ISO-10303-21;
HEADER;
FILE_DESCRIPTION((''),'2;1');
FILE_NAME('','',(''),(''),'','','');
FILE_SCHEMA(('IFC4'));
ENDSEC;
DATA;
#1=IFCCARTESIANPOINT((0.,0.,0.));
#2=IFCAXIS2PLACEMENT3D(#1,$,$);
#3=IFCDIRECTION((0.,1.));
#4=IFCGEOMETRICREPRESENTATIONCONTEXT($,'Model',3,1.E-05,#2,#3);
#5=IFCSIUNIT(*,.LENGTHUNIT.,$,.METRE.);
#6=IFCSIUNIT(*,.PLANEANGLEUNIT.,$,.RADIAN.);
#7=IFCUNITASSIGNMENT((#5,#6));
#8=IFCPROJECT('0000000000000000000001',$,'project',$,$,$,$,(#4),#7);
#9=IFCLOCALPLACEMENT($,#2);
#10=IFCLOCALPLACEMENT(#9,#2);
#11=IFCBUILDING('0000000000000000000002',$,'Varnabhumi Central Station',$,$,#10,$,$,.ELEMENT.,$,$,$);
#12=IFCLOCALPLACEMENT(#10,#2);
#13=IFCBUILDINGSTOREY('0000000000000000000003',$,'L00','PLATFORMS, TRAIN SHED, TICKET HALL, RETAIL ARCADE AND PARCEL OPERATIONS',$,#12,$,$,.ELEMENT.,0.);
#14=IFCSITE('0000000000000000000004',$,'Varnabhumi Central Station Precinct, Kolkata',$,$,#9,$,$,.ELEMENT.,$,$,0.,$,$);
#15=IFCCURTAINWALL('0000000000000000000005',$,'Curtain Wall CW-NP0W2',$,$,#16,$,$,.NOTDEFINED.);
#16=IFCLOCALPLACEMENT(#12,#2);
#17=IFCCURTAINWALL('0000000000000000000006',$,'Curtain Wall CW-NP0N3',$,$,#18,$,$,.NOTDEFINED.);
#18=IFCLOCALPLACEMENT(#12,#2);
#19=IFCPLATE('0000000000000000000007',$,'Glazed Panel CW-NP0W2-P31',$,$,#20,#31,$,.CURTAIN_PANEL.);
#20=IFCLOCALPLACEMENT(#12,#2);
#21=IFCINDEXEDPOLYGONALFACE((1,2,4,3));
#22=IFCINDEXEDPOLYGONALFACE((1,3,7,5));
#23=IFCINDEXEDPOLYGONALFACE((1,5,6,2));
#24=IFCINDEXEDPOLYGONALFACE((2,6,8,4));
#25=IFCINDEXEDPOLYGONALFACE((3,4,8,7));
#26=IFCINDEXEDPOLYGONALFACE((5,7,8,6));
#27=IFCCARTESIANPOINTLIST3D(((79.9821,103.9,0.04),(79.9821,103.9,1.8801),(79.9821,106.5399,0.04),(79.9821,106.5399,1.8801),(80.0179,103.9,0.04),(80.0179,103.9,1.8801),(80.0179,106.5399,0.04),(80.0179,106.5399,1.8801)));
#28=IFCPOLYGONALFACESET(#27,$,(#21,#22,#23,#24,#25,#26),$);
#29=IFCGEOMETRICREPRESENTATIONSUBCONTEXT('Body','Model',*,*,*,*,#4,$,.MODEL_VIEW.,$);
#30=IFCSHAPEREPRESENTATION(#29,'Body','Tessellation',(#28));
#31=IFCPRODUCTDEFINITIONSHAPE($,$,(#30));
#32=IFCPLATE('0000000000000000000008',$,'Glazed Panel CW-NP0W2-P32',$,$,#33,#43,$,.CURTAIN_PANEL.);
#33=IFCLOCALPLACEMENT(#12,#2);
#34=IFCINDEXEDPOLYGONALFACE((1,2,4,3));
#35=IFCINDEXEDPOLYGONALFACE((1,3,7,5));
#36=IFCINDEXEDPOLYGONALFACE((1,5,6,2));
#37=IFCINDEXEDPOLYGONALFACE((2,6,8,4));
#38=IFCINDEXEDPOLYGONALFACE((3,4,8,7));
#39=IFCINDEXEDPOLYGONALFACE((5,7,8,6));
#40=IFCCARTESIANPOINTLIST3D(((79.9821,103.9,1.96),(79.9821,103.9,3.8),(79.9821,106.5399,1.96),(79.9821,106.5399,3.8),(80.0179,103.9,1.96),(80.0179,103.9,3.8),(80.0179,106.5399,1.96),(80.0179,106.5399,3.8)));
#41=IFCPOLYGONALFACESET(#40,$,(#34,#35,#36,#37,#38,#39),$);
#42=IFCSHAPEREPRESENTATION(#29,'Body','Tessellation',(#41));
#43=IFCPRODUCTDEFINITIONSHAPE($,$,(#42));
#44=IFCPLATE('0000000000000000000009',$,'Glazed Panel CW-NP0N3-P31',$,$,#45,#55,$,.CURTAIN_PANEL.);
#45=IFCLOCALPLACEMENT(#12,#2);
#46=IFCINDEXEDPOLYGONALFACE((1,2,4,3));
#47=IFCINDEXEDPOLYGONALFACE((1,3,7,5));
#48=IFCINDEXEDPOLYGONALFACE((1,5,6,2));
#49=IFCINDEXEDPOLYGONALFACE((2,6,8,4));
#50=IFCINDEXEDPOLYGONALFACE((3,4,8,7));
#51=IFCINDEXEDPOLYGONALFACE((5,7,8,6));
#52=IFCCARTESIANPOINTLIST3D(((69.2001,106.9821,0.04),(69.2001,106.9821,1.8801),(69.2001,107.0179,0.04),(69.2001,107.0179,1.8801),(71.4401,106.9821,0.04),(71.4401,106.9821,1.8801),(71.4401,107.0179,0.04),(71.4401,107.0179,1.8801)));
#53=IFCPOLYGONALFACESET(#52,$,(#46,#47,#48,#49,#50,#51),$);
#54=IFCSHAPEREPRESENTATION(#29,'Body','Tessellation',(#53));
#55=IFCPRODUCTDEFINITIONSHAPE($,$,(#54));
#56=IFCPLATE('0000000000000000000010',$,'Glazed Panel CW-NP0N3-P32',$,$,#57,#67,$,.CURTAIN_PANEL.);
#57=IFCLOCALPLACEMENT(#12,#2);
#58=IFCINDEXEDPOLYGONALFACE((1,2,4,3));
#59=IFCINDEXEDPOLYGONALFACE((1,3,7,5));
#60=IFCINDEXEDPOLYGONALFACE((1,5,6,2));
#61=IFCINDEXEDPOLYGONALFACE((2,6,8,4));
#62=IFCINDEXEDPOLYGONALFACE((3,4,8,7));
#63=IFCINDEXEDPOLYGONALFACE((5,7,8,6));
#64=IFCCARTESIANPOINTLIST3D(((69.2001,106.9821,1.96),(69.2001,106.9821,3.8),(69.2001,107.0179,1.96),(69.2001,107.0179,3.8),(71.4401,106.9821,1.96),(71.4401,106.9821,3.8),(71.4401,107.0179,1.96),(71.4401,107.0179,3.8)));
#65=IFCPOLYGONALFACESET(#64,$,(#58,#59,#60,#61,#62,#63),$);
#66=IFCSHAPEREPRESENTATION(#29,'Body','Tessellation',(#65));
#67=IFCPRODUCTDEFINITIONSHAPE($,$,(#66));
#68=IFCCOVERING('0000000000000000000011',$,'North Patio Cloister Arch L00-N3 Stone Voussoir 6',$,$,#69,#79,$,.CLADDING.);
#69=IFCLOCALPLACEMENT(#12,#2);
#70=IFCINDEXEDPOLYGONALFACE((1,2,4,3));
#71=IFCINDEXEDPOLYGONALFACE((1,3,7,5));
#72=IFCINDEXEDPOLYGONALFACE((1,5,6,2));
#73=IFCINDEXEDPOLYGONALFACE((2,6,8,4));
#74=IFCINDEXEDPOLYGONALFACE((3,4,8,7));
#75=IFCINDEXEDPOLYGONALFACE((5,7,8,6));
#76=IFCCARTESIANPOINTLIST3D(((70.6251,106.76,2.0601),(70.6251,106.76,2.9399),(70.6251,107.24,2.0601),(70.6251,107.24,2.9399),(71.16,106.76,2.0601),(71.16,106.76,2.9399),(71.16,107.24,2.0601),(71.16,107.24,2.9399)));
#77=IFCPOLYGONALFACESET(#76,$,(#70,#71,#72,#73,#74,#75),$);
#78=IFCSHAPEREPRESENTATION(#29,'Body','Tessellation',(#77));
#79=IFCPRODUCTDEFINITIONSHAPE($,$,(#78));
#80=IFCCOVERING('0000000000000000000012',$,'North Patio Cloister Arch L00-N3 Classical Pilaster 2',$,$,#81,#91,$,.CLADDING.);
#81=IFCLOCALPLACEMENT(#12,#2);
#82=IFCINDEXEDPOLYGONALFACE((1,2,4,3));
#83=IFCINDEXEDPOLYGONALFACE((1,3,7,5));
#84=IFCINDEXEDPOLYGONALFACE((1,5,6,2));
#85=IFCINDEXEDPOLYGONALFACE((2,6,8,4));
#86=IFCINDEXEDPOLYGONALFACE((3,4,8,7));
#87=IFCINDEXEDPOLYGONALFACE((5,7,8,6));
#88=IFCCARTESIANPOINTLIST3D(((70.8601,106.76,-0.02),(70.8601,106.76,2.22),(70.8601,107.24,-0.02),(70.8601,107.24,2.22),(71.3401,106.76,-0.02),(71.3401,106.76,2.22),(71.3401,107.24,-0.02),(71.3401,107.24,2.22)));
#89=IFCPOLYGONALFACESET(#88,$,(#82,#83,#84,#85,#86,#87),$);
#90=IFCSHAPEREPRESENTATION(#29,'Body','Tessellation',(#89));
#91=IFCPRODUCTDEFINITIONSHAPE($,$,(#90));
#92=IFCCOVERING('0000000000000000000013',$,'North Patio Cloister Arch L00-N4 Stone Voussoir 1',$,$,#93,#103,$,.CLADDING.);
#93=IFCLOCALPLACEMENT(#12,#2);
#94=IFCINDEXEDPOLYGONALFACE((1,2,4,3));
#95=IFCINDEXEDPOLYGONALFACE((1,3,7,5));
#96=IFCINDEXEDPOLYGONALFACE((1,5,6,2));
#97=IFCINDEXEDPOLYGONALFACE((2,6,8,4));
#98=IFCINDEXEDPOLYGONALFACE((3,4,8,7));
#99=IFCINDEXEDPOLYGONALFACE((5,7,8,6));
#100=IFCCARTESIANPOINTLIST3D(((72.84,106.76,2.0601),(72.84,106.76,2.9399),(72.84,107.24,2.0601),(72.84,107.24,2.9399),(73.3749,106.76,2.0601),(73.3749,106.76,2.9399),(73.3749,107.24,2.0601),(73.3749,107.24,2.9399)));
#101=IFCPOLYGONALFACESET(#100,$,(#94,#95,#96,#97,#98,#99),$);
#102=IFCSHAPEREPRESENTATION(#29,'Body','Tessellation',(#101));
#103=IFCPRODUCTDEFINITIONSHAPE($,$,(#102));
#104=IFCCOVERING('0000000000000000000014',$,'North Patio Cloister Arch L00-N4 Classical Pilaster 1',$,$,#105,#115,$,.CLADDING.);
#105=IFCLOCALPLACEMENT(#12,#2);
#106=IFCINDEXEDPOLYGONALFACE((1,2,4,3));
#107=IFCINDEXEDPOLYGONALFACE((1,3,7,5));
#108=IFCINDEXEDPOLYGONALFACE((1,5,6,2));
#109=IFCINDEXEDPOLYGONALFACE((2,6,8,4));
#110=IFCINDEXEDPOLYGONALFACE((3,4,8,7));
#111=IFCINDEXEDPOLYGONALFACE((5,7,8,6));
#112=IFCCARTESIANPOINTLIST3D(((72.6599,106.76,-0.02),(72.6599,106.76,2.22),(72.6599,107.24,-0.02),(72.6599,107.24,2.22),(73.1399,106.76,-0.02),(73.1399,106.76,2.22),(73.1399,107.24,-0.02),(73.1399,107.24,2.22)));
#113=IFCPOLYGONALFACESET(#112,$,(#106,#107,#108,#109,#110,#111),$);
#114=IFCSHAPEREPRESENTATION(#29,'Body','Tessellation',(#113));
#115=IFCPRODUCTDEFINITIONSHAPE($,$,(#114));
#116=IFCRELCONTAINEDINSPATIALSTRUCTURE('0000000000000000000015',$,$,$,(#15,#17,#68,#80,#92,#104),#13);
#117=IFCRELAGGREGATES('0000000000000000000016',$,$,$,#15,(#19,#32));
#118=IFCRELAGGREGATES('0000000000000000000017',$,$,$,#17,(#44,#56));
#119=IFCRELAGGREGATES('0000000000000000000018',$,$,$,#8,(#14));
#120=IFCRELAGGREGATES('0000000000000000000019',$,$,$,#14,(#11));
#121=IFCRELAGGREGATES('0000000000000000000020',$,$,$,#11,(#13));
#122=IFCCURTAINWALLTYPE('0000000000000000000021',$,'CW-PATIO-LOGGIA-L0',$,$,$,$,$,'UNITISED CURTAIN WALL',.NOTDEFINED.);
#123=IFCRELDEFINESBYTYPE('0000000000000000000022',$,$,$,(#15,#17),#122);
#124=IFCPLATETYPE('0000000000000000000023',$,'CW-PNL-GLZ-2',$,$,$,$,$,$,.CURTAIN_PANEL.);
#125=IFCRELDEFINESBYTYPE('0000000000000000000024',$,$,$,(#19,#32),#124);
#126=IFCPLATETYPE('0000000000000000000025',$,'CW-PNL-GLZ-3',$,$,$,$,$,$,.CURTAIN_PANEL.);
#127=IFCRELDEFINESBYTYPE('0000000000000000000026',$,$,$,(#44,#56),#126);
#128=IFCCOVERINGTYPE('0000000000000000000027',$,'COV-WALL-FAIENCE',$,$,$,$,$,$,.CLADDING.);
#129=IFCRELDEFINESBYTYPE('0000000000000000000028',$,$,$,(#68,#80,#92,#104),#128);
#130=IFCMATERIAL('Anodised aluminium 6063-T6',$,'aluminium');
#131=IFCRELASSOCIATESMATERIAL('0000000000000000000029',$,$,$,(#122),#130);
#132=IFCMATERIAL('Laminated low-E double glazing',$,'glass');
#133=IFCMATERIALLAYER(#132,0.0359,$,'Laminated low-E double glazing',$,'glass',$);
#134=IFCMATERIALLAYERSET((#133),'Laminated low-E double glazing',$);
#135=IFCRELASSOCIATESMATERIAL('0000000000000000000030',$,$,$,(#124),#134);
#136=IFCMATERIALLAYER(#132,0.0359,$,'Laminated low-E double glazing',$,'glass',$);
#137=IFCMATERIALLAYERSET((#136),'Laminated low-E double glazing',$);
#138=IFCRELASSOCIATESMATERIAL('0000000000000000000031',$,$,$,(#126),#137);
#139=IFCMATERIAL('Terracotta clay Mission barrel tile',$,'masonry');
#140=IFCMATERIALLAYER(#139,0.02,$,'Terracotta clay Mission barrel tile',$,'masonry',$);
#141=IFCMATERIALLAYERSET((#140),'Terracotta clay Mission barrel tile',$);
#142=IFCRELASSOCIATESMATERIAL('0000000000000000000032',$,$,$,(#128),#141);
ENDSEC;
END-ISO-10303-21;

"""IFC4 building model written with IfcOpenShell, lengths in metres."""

from ifc_helpers import new_model, si_unit, direction, frame, origin, origin_2d, place, context, subcontext, project, spatial, rectangle, extrude, material, layer, layer_set, type_object, element, aggregate, save


model = new_model("IFC4")

# Units and contexts
model_context = context("Model", 3, precision=1e-05, world=origin(), true_north=direction((0.0, 1.0)))
body_context = subcontext(model_context, "Body", "Model", "MODEL_VIEW")
ifc_project = project(units=[si_unit("LENGTHUNIT", "METRE"), si_unit("PLANEANGLEUNIT", "RADIAN")], contexts=[model_context])

# Site, building, storey
site_placement = place(None, origin())
site = spatial("IfcSite", under=ifc_project, at=site_placement, Name="Varnabhumi Central Station Precinct, Kolkata", CompositionType="ELEMENT", RefElevation=0.0)
building_placement = place(site_placement, origin())
building = spatial("IfcBuilding", under=site, at=building_placement, Name="Varnabhumi Central Station", CompositionType="ELEMENT")
storey_placement = place(building_placement, origin())
storey = spatial("IfcBuildingStorey", under=building, at=storey_placement, Name="L00", Description="PLATFORMS, TRAIN SHED, TICKET HALL, RETAIL ARCADE AND PARCEL OPERATIONS", CompositionType="ELEMENT", Elevation=0.0)

# Curtain wall
ifc_material_1 = material(Name="Anodised aluminium 6063-T6", Category="aluminium")
curtain_wall_type = type_object("IfcCurtainWallType", Name="CW-PATIO-LOGGIA-L0", ElementType="UNITISED CURTAIN WALL", PredefinedType="NOTDEFINED", material=ifc_material_1)
curtain_wall_1_placement = place(storey_placement, origin())
curtain_wall_1 = element("IfcCurtainWall", 1, at=curtain_wall_1_placement, inside=storey, type_object=curtain_wall_type, Name="Curtain Wall CW-NP0W2", PredefinedType="NOTDEFINED")

# Curtain wall
curtain_wall_2_placement = place(storey_placement, origin())
curtain_wall_2 = element("IfcCurtainWall", 2, at=curtain_wall_2_placement, inside=storey, type_object=curtain_wall_type, Name="Curtain Wall CW-NP0N3", PredefinedType="NOTDEFINED")

# Plates
ifc_material_2 = material(Name="Laminated low-E double glazing", Category="glass")
ifc_layer_1 = layer(ifc_material_2, 0.0359, Name="Laminated low-E double glazing", Category="glass")
ifc_layer_set_1 = layer_set([ifc_layer_1], Name="Laminated low-E double glazing")
plate_type_1 = type_object("IfcPlateType", Name="CW-PNL-GLZ-2", PredefinedType="CURTAIN_PANEL", material=ifc_layer_set_1)
plate_1_placement = place(storey_placement, frame((80.0, 105.22, 0.04), z_axis=(0.0, 0.0, 1.0), x_axis=(0.0, 1.0, 0.0)))
plate_1 = element("IfcPlate", 3, at=plate_1_placement, type_object=plate_type_1, Name="Glazed Panel CW-NP0W2-P31", PredefinedType="CURTAIN_PANEL", context=body_context, shape_type="SweptSolid", body=[
    extrude(rectangle(XDim=2.6399, YDim=0.0359, at=origin_2d()), origin(), (0.0, 0.0, 1.0), 1.8401),
])
plate_2_placement = place(storey_placement, frame((80.0, 105.22, 1.96), z_axis=(0.0, 0.0, 1.0), x_axis=(0.0, 1.0, 0.0)))
plate_2 = element("IfcPlate", 4, at=plate_2_placement, type_object=plate_type_1, Name="Glazed Panel CW-NP0W2-P32", PredefinedType="CURTAIN_PANEL", context=body_context, shape_type="SweptSolid", body=[
    extrude(rectangle(XDim=2.6399, YDim=0.0359, at=origin_2d()), origin(), (0.0, 0.0, 1.0), 1.8401),
])
aggregate(curtain_wall_1, [plate_1, plate_2])
ifc_layer_2 = layer(ifc_material_2, 0.0359, Name="Laminated low-E double glazing", Category="glass")
ifc_layer_set_2 = layer_set([ifc_layer_2], Name="Laminated low-E double glazing")
plate_type_2 = type_object("IfcPlateType", Name="CW-PNL-GLZ-3", PredefinedType="CURTAIN_PANEL", material=ifc_layer_set_2)
plate_3_placement = place(storey_placement, frame((70.3201, 107.0, 0.04), z_axis=(0.0, 0.0, 1.0), x_axis=(1.0, 0.0, 0.0)))
plate_3 = element("IfcPlate", 5, at=plate_3_placement, type_object=plate_type_2, Name="Glazed Panel CW-NP0N3-P31", PredefinedType="CURTAIN_PANEL", context=body_context, shape_type="SweptSolid", body=[
    extrude(rectangle(XDim=2.24, YDim=0.0359, at=origin_2d()), origin(), (0.0, 0.0, 1.0), 1.8401),
])
plate_4_placement = place(storey_placement, frame((70.3201, 107.0, 1.96), z_axis=(0.0, 0.0, 1.0), x_axis=(1.0, 0.0, 0.0)))
plate_4 = element("IfcPlate", 6, at=plate_4_placement, type_object=plate_type_2, Name="Glazed Panel CW-NP0N3-P32", PredefinedType="CURTAIN_PANEL", context=body_context, shape_type="SweptSolid", body=[
    extrude(rectangle(XDim=2.24, YDim=0.0359, at=origin_2d()), origin(), (0.0, 0.0, 1.0), 1.8401),
])
aggregate(curtain_wall_2, [plate_3, plate_4])

# Coverings
ifc_material_3 = material(Name="Terracotta clay Mission barrel tile", Category="masonry")
ifc_layer_3 = layer(ifc_material_3, 0.02, Name="Terracotta clay Mission barrel tile", Category="masonry")
ifc_layer_set_3 = layer_set([ifc_layer_3], Name="Terracotta clay Mission barrel tile")
covering_type = type_object("IfcCoveringType", Name="COV-WALL-FAIENCE", PredefinedType="CLADDING", material=ifc_layer_set_3)
covering_1_placement = place(storey_placement, frame((70.8926, 107.0, 2.0601), z_axis=(0.0, 0.0, 1.0), x_axis=(1.0, 0.0, 0.0)))
element("IfcCovering", 7, at=covering_1_placement, inside=storey, type_object=covering_type, Name="North Patio Cloister Arch L00-N3 Stone Voussoir 6", PredefinedType="CLADDING", context=body_context, shape_type="SweptSolid", body=[
    extrude(rectangle(XDim=0.5349, YDim=0.48, at=origin_2d()), origin(), (0.0, 0.0, 1.0), 0.8799),
])
covering_2_placement = place(storey_placement, frame((71.1001, 107.0, -0.02), z_axis=(0.0, 0.0, 1.0), x_axis=(1.0, 0.0, 0.0)))
element("IfcCovering", 8, at=covering_2_placement, inside=storey, type_object=covering_type, Name="North Patio Cloister Arch L00-N3 Classical Pilaster 2", PredefinedType="CLADDING", context=body_context, shape_type="SweptSolid", body=[
    extrude(rectangle(XDim=0.48, YDim=0.48, at=origin_2d()), origin(), (0.0, 0.0, 1.0), 2.24),
])
covering_3_placement = place(storey_placement, frame((73.1074, 107.0, 2.0601), z_axis=(0.0, 0.0, 1.0), x_axis=(1.0, 0.0, 0.0)))
element("IfcCovering", 9, at=covering_3_placement, inside=storey, type_object=covering_type, Name="North Patio Cloister Arch L00-N4 Stone Voussoir 1", PredefinedType="CLADDING", context=body_context, shape_type="SweptSolid", body=[
    extrude(rectangle(XDim=0.5349, YDim=0.48, at=origin_2d()), origin(), (0.0, 0.0, 1.0), 0.8799),
])
covering_4_placement = place(storey_placement, frame((72.8999, 107.0, -0.02), z_axis=(0.0, 0.0, 1.0), x_axis=(1.0, 0.0, 0.0)))
element("IfcCovering", 10, at=covering_4_placement, inside=storey, type_object=covering_type, Name="North Patio Cloister Arch L00-N4 Classical Pilaster 1", PredefinedType="CLADDING", context=body_context, shape_type="SweptSolid", body=[
    extrude(rectangle(XDim=0.48, YDim=0.48, at=origin_2d()), origin(), (0.0, 0.0, 1.0), 2.24),
])

save(model, "model.ifc")
